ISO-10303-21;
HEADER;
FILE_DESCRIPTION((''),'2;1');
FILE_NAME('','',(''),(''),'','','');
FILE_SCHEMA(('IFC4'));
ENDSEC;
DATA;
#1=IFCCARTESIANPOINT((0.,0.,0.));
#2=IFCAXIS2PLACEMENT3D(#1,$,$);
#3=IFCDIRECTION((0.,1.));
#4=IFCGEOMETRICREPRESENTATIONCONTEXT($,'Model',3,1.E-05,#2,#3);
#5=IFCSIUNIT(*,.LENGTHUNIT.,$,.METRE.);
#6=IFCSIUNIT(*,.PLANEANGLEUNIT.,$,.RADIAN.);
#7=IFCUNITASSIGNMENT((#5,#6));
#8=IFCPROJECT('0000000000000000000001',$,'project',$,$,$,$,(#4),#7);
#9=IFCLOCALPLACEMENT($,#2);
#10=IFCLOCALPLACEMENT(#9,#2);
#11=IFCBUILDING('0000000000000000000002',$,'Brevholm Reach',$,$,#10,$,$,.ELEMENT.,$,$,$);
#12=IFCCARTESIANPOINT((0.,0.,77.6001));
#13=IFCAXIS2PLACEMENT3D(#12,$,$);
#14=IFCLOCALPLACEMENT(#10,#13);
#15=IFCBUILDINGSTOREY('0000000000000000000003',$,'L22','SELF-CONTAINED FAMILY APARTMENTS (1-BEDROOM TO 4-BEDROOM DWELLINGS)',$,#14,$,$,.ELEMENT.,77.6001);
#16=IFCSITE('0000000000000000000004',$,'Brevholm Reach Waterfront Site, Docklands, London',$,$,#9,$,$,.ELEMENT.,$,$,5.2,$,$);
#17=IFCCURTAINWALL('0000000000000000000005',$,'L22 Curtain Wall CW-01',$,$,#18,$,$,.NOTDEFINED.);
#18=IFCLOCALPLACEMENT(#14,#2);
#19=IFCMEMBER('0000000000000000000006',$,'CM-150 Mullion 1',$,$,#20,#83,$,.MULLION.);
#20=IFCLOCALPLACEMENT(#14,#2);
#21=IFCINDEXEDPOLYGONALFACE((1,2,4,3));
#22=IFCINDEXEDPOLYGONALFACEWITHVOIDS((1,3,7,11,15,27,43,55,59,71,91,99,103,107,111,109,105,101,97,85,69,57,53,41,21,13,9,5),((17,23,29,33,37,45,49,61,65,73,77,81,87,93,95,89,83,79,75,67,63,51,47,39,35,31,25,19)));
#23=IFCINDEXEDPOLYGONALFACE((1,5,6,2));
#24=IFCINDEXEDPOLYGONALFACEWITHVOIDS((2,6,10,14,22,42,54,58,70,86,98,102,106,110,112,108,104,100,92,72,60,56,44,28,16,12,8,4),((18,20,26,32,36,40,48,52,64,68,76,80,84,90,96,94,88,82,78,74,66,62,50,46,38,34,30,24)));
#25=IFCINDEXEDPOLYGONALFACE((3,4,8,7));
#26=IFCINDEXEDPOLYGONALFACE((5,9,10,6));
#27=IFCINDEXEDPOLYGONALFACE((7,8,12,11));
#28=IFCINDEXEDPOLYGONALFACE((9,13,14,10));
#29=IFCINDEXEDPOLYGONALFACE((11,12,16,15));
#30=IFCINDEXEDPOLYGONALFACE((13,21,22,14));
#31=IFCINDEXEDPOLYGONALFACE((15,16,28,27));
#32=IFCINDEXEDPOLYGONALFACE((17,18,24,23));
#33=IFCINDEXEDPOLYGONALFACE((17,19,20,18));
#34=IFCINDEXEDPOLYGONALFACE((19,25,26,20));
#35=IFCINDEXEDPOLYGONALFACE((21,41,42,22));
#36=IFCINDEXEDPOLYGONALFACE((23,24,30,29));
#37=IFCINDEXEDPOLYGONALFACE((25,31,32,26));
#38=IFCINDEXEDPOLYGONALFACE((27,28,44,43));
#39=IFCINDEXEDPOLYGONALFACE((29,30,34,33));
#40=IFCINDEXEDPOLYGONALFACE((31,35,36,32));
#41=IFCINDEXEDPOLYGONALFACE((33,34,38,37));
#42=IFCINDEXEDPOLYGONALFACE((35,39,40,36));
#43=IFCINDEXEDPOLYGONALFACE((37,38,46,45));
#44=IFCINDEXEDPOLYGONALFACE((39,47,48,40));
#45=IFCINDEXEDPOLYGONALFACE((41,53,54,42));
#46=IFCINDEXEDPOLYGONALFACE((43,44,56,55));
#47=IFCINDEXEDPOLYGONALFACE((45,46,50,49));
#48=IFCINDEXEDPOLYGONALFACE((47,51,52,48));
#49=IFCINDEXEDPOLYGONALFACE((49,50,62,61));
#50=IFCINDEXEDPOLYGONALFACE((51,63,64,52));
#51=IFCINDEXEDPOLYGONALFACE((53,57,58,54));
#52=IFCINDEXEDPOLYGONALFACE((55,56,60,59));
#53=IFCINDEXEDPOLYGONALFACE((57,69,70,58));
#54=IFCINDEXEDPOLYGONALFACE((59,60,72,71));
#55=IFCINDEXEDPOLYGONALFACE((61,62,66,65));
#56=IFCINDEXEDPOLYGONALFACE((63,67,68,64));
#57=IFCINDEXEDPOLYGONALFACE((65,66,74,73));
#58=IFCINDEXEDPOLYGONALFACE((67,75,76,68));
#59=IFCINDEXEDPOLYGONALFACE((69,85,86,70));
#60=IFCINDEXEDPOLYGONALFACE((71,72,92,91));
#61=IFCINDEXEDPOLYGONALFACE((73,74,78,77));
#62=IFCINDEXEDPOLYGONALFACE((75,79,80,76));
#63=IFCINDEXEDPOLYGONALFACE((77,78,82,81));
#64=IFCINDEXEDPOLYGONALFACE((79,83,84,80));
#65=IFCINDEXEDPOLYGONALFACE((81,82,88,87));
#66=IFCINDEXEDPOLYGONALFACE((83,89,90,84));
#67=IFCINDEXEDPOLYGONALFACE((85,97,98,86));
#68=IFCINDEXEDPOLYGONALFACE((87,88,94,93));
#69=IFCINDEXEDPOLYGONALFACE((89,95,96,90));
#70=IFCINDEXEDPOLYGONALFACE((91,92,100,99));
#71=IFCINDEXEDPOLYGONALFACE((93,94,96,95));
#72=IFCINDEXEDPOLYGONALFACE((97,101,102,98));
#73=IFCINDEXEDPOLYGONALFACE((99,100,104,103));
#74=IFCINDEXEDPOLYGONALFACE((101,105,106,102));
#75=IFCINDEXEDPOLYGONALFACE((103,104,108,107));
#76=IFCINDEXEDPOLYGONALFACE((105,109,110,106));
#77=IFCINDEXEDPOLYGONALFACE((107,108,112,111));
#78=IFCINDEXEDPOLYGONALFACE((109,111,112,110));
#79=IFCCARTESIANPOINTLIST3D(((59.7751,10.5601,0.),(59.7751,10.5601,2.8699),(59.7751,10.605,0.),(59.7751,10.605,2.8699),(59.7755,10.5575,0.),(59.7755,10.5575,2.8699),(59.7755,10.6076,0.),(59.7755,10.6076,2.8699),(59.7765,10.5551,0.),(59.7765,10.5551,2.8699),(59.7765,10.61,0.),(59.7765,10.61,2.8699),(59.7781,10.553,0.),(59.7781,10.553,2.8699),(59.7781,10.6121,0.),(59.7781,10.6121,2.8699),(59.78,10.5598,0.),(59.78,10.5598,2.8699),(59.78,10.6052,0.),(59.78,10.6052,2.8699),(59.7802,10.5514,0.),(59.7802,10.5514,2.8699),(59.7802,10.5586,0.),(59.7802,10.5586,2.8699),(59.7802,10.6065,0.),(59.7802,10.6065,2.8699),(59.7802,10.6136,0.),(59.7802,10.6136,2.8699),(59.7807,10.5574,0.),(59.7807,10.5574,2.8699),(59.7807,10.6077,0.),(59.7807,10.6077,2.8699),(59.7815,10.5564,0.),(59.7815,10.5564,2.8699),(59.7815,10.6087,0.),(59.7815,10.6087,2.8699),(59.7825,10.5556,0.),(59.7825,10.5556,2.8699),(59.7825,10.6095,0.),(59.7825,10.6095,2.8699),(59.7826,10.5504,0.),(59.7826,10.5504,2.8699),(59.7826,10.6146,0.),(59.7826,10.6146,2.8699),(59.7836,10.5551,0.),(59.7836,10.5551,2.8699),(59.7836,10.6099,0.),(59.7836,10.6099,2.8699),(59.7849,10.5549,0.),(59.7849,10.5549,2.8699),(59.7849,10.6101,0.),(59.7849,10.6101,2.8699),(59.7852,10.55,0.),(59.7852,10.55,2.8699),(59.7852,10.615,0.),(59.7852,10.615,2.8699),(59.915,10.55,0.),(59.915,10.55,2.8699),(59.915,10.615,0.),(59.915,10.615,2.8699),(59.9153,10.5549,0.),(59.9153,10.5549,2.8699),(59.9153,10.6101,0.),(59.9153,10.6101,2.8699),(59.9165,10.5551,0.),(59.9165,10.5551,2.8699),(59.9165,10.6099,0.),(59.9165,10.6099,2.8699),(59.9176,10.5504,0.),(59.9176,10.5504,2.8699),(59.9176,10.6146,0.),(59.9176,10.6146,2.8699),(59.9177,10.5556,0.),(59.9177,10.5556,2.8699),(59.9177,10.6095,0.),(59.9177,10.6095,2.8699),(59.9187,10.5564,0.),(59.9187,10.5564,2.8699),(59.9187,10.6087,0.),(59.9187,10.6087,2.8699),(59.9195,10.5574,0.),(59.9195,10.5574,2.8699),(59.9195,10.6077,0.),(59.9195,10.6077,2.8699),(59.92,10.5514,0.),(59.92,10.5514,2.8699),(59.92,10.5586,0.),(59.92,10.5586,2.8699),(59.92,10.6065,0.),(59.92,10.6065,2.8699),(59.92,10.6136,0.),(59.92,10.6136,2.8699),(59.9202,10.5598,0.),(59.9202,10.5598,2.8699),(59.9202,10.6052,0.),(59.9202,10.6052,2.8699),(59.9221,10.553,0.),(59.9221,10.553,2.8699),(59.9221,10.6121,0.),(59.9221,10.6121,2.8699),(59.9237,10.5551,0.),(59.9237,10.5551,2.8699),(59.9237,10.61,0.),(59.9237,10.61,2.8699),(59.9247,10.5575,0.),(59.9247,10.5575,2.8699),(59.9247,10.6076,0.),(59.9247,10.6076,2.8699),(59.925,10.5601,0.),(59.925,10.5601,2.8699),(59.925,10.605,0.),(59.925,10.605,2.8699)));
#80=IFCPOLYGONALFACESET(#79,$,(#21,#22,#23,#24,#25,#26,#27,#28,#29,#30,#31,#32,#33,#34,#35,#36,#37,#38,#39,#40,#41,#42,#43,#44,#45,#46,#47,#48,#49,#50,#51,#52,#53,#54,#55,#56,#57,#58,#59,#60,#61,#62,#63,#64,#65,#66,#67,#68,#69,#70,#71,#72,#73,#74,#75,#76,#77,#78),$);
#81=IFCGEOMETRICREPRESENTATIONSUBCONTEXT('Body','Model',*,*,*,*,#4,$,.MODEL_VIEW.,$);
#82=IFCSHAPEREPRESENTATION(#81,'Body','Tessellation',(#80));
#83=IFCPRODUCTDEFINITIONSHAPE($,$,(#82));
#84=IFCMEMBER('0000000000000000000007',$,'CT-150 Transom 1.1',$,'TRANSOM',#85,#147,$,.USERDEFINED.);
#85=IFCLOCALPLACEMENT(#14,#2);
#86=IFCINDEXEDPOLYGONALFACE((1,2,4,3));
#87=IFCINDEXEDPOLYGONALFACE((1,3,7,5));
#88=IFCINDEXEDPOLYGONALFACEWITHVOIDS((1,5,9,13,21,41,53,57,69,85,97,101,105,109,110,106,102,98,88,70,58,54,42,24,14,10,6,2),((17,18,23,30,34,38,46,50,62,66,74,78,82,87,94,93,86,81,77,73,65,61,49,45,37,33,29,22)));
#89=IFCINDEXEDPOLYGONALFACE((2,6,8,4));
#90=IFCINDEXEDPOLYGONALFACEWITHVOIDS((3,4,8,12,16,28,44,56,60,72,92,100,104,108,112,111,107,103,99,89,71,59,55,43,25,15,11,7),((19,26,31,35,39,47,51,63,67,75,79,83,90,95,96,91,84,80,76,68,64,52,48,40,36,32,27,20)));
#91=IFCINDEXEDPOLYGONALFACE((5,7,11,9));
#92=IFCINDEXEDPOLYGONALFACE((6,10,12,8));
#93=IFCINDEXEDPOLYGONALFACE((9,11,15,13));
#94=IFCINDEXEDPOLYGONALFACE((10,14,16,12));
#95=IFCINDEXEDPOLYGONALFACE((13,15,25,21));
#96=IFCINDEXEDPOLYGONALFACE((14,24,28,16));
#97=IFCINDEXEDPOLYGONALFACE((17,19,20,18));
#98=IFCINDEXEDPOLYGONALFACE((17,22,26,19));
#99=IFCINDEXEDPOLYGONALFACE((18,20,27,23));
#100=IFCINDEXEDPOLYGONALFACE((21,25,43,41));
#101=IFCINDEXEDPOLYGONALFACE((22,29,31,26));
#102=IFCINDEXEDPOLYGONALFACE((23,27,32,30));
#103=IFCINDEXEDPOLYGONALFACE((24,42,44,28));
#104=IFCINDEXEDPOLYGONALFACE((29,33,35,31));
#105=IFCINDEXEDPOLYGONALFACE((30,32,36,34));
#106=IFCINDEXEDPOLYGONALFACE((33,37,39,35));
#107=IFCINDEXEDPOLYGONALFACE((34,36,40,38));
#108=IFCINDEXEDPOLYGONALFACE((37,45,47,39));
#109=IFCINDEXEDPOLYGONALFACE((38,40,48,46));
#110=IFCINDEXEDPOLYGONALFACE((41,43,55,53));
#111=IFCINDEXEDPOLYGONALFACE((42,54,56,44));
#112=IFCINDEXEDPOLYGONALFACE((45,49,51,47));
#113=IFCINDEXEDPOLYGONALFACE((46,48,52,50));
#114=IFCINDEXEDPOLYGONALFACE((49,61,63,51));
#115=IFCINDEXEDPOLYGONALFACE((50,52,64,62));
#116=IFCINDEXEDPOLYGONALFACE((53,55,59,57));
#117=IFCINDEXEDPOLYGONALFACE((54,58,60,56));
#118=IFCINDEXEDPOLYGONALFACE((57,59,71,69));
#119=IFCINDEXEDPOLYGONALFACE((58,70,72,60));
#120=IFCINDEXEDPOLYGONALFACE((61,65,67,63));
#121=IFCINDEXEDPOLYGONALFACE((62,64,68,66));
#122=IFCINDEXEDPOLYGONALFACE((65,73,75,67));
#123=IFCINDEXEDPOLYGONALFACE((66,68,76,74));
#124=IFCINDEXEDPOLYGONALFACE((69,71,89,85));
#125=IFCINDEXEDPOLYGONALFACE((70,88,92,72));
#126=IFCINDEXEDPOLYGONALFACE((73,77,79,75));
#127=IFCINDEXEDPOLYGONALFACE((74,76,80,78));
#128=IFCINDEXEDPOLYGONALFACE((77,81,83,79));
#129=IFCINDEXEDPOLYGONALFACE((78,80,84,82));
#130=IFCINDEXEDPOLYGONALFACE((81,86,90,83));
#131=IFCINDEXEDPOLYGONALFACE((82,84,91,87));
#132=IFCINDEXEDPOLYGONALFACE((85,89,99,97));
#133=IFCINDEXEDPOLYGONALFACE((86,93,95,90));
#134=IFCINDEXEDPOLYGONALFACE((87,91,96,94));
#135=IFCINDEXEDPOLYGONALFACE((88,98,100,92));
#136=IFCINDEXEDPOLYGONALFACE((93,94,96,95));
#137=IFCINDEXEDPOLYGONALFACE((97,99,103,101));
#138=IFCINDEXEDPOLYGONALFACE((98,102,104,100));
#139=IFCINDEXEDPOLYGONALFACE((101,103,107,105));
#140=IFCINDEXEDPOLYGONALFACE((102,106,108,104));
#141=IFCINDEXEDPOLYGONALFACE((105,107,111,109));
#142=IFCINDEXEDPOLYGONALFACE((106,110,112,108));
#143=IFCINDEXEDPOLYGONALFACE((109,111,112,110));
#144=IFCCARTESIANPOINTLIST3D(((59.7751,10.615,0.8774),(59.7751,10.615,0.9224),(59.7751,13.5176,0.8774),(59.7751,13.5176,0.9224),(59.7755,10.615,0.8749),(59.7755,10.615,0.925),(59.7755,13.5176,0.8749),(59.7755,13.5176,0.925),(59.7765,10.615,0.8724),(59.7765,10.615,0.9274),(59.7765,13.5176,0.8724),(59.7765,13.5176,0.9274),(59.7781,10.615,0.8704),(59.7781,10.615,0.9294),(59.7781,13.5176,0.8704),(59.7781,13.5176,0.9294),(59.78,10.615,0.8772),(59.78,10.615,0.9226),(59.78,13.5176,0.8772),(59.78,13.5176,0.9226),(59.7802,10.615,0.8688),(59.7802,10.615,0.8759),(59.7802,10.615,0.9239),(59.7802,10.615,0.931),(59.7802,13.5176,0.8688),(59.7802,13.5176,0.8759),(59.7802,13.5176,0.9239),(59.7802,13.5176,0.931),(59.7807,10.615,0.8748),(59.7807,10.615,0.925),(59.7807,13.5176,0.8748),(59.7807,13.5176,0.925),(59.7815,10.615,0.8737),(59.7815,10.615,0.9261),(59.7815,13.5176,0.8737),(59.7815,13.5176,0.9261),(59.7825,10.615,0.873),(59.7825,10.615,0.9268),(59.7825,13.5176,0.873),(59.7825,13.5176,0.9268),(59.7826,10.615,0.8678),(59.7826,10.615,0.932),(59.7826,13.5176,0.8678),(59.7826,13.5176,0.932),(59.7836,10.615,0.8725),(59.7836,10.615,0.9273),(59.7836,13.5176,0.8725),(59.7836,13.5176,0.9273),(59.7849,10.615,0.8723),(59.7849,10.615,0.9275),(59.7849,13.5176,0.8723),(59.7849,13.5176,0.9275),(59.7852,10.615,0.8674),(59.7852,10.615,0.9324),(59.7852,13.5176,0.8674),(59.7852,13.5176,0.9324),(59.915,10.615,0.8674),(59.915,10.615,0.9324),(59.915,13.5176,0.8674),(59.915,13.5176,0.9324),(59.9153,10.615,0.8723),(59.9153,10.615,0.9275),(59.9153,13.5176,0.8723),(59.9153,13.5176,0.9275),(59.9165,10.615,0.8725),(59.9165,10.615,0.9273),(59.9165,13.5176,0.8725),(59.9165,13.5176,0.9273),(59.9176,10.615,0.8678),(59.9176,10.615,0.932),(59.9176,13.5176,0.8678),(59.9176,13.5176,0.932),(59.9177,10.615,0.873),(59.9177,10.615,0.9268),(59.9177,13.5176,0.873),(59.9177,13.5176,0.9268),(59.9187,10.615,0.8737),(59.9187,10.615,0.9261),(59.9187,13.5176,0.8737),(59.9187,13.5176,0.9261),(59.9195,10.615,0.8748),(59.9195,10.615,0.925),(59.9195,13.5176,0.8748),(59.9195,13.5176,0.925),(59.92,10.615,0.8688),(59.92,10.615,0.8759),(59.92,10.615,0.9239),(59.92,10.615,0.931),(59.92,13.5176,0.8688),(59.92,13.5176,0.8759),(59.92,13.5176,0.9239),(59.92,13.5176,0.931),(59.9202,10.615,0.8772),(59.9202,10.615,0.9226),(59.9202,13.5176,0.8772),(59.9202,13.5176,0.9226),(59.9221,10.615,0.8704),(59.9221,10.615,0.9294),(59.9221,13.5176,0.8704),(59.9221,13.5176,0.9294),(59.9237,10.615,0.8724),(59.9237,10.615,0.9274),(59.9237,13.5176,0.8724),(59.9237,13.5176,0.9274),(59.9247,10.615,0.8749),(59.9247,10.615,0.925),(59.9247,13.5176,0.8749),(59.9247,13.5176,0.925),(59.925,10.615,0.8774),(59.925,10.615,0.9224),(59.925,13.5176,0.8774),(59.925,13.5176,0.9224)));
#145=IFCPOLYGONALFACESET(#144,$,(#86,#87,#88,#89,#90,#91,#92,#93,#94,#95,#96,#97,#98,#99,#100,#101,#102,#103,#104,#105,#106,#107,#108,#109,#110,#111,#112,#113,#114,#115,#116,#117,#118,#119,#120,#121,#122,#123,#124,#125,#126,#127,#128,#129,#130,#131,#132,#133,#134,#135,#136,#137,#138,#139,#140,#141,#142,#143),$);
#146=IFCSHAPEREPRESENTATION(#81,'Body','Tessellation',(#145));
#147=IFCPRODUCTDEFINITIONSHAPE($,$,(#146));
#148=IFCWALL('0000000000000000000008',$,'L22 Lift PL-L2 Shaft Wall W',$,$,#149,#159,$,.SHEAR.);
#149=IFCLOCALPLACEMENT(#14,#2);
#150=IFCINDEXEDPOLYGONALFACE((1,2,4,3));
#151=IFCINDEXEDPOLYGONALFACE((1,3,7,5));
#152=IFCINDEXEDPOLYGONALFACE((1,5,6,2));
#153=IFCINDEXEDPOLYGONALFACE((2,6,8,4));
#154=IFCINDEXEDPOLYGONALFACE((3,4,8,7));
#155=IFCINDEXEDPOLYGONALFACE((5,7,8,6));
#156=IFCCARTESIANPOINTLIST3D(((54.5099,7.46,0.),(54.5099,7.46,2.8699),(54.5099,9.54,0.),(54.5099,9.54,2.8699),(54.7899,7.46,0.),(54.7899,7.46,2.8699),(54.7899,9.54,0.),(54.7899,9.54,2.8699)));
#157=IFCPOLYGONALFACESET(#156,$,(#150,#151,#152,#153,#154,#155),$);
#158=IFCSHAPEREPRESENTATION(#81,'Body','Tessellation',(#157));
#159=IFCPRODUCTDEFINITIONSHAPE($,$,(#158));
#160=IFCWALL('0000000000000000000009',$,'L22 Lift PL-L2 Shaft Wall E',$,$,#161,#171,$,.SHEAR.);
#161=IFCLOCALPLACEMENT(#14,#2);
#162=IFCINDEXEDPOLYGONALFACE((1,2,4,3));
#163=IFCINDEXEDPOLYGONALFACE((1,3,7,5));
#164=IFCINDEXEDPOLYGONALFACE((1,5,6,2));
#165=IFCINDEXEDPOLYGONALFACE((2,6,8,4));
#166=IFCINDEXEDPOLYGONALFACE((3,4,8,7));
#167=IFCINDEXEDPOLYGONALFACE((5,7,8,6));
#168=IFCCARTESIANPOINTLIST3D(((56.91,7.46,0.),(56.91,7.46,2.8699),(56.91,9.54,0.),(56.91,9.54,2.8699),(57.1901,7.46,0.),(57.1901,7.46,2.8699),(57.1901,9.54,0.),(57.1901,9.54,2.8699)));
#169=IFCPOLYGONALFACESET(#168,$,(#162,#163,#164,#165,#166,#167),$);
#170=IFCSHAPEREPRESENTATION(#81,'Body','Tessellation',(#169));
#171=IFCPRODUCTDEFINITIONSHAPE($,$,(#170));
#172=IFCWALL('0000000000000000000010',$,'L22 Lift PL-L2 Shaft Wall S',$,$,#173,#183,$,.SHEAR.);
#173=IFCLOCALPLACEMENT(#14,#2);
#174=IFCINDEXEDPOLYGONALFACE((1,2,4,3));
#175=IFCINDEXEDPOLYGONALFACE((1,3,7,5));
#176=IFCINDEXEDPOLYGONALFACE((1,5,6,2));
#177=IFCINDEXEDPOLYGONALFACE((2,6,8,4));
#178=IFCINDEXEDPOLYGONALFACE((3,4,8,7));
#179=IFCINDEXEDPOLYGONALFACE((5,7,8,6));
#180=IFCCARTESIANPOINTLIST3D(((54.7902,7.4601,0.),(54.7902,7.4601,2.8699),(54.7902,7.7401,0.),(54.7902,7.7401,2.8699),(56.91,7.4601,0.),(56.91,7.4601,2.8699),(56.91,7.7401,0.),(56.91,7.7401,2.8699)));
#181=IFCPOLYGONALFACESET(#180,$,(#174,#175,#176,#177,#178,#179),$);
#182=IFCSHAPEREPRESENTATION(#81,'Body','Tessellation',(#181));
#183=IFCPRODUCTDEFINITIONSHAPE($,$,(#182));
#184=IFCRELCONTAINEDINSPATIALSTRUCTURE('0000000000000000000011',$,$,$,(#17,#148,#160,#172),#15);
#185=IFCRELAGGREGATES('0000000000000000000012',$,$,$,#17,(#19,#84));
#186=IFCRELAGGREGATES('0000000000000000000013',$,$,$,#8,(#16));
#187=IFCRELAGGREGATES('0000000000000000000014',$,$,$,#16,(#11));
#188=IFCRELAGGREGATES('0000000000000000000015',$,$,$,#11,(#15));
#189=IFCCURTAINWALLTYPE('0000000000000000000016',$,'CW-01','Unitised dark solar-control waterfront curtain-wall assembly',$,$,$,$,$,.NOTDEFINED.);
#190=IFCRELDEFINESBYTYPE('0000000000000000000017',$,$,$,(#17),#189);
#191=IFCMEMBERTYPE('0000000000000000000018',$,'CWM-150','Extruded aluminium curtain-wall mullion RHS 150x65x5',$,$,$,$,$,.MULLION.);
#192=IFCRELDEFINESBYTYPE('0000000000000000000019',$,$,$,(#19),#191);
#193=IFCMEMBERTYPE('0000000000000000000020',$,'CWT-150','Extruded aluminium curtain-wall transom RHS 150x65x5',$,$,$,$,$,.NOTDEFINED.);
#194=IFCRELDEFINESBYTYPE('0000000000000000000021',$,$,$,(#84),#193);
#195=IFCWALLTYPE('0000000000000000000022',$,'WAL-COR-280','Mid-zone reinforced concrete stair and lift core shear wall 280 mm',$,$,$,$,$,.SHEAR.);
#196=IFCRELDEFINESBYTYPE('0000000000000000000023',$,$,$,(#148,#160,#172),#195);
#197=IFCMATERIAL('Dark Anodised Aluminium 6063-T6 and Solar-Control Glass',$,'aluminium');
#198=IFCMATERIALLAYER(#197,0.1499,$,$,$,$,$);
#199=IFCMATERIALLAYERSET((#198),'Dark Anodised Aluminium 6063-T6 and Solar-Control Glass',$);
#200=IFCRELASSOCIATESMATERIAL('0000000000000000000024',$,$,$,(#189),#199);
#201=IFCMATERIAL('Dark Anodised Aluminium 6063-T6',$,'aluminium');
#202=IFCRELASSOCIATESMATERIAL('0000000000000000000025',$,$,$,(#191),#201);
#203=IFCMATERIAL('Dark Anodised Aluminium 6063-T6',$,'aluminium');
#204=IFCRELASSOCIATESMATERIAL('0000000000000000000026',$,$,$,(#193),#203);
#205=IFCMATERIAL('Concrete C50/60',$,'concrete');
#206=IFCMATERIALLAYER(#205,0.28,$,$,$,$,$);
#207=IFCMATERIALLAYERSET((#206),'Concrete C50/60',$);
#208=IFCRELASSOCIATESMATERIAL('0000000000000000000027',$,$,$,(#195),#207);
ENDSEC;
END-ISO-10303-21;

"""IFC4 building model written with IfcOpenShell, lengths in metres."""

from ifc_helpers import new_model, si_unit, direction, frame, frame_2d, origin, origin_2d, place, context, subcontext, project, spatial, rectangle, hollow_rectangle, extrude, material, layer, layer_set, material_profile, profile_set, type_object, element, aggregate, save


model = new_model("IFC4")

# Units and contexts
model_context = context("Model", 3, precision=1e-05, world=origin(), true_north=direction((0.0, 1.0)))
body_context = subcontext(model_context, "Body", "Model", "MODEL_VIEW")
ifc_project = project(units=[si_unit("LENGTHUNIT", "METRE"), si_unit("PLANEANGLEUNIT", "RADIAN")], contexts=[model_context])

# Site, building, storey
site_placement = place(None, origin())
site = spatial("IfcSite", under=ifc_project, at=site_placement, Name="Brevholm Reach Waterfront Site, Docklands, London", CompositionType="ELEMENT", RefElevation=5.2)
building_placement = place(site_placement, origin())
building = spatial("IfcBuilding", under=site, at=building_placement, Name="Brevholm Reach", CompositionType="ELEMENT")
storey_placement = place(building_placement, frame((0.0, 0.0, 77.6001)))
storey = spatial("IfcBuildingStorey", under=building, at=storey_placement, Name="L22", Description="SELF-CONTAINED FAMILY APARTMENTS (1-BEDROOM TO 4-BEDROOM DWELLINGS)", CompositionType="ELEMENT", Elevation=77.6001)

# Curtain wall, members
ifc_material_1 = material(Name="Dark Anodised Aluminium 6063-T6 and Solar-Control Glass", Category="aluminium")
ifc_layer_1 = layer(ifc_material_1, 0.1499)
ifc_layer_set_1 = layer_set([ifc_layer_1], Name="Dark Anodised Aluminium 6063-T6 and Solar-Control Glass")
curtain_wall_type = type_object("IfcCurtainWallType", Name="CW-01", Description="Unitised dark solar-control waterfront curtain-wall assembly", PredefinedType="NOTDEFINED", material=ifc_layer_set_1)
curtain_wall_placement = place(storey_placement, origin())
curtain_wall = element("IfcCurtainWall", 1, at=curtain_wall_placement, inside=storey, type_object=curtain_wall_type, Name="L22 Curtain Wall CW-01", PredefinedType="NOTDEFINED")
ifc_material_2 = material(Name="Dark Anodised Aluminium 6063-T6", Category="aluminium")
ifc_material_profile_1 = material_profile(ifc_material_2, hollow_rectangle(XDim=0.0649, YDim=0.1499, WallThickness=0.0049, InnerFilletRadius=0.0049, OuterFilletRadius=0.01, at=origin_2d()), Name="RHS 150x65x5")
ifc_profile_set_1 = profile_set([ifc_material_profile_1], Name="Dark Anodised Aluminium 6063-T6")
member_type_1 = type_object("IfcMemberType", Name="CWM-150", Description="Extruded aluminium curtain-wall mullion RHS 150x65x5", PredefinedType="MULLION", material=ifc_profile_set_1)
member_1_placement = place(storey_placement, frame((59.8501, 10.5825, 0.0), z_axis=(0.0, 0.0, 1.0), x_axis=(0.0, 1.0, 0.0)))
member_1 = element("IfcMember", 2, at=member_1_placement, type_object=member_type_1, Name="CM-150 Mullion 1", PredefinedType="MULLION", context=body_context, shape_type="SweptSolid", body=[
    extrude(hollow_rectangle(XDim=0.0649, YDim=0.1499, WallThickness=0.0049, InnerFilletRadius=0.0049, OuterFilletRadius=0.01, at=origin_2d()), origin(), (0.0, 0.0, 1.0), 2.8699),
])
ifc_material_3 = material(Name="Dark Anodised Aluminium 6063-T6", Category="aluminium")
ifc_material_profile_2 = material_profile(ifc_material_3, hollow_rectangle(XDim=0.0649, YDim=0.1499, WallThickness=0.0049, InnerFilletRadius=0.0049, OuterFilletRadius=0.01, at=origin_2d()), Name="RHS 150x65x5")
ifc_profile_set_2 = profile_set([ifc_material_profile_2], Name="Dark Anodised Aluminium 6063-T6")
member_type_2 = type_object("IfcMemberType", Name="CWT-150", Description="Extruded aluminium curtain-wall transom RHS 150x65x5", PredefinedType="NOTDEFINED", material=ifc_profile_set_2)
member_2_placement = place(storey_placement, frame((59.8501, 10.615, 0.8999), z_axis=(0.0, 1.0, 0.0), x_axis=(0.0, 0.0, 1.0)))
member_2 = element("IfcMember", 3, at=member_2_placement, type_object=member_type_2, Name="CT-150 Transom 1.1", ObjectType="TRANSOM", PredefinedType="USERDEFINED", context=body_context, shape_type="SweptSolid", body=[
    extrude(hollow_rectangle(XDim=0.0649, YDim=0.1499, WallThickness=0.0049, InnerFilletRadius=0.0049, OuterFilletRadius=0.01, at=origin_2d()), origin(), (0.0, 0.0, 1.0), 2.9026),
])
aggregate(curtain_wall, [member_1, member_2])

# Walls
ifc_material_4 = material(Name="Concrete C50/60", Category="concrete")
ifc_layer_2 = layer(ifc_material_4, 0.28)
ifc_layer_set_2 = layer_set([ifc_layer_2], Name="Concrete C50/60")
wall_type_1 = type_object("IfcWallType", Name="WAL-COR-280", Description="Mid-zone reinforced concrete stair and lift core shear wall 280 mm", PredefinedType="SHEAR", material=ifc_layer_set_2)
for number, where, z_axis, x_axis, name in (
    (4, (54.6499, 7.46, 0.0), (0.0, 0.0, 1.0), (0.0, 1.0, 0.0), "L22 Lift PL-L2 Shaft Wall W"),
    (5, (57.05, 7.46, 0.0), (0.0, 0.0, 1.0), (0.0, 1.0, 0.0), "L22 Lift PL-L2 Shaft Wall E"),
):
    element("IfcWall", number, at=place(storey_placement, frame(where, z_axis=z_axis, x_axis=x_axis)), inside=storey, type_object=wall_type_1, Name=name, PredefinedType="SHEAR", context=body_context, shape_type="SweptSolid", body=[
        extrude(rectangle(XDim=2.0801, YDim=0.28, at=frame_2d((1.04, 0.0))), origin(), (0.0, 0.0, 1.0), 2.8699),
    ])
wall_1_placement = place(storey_placement, frame((54.79, 7.6001, 0.0), z_axis=(0.0, 0.0, 1.0), x_axis=(1.0, 0.0, 0.0)))
element("IfcWall", 6, at=wall_1_placement, inside=storey, type_object=wall_type_1, Name="L22 Lift PL-L2 Shaft Wall S", PredefinedType="SHEAR", context=body_context, shape_type="SweptSolid", body=[
    extrude(rectangle(XDim=2.1199, YDim=0.28, at=frame_2d((1.0601, 0.0))), origin(), (0.0, 0.0, 1.0), 2.8699),
])

save(model, "model.ifc")
